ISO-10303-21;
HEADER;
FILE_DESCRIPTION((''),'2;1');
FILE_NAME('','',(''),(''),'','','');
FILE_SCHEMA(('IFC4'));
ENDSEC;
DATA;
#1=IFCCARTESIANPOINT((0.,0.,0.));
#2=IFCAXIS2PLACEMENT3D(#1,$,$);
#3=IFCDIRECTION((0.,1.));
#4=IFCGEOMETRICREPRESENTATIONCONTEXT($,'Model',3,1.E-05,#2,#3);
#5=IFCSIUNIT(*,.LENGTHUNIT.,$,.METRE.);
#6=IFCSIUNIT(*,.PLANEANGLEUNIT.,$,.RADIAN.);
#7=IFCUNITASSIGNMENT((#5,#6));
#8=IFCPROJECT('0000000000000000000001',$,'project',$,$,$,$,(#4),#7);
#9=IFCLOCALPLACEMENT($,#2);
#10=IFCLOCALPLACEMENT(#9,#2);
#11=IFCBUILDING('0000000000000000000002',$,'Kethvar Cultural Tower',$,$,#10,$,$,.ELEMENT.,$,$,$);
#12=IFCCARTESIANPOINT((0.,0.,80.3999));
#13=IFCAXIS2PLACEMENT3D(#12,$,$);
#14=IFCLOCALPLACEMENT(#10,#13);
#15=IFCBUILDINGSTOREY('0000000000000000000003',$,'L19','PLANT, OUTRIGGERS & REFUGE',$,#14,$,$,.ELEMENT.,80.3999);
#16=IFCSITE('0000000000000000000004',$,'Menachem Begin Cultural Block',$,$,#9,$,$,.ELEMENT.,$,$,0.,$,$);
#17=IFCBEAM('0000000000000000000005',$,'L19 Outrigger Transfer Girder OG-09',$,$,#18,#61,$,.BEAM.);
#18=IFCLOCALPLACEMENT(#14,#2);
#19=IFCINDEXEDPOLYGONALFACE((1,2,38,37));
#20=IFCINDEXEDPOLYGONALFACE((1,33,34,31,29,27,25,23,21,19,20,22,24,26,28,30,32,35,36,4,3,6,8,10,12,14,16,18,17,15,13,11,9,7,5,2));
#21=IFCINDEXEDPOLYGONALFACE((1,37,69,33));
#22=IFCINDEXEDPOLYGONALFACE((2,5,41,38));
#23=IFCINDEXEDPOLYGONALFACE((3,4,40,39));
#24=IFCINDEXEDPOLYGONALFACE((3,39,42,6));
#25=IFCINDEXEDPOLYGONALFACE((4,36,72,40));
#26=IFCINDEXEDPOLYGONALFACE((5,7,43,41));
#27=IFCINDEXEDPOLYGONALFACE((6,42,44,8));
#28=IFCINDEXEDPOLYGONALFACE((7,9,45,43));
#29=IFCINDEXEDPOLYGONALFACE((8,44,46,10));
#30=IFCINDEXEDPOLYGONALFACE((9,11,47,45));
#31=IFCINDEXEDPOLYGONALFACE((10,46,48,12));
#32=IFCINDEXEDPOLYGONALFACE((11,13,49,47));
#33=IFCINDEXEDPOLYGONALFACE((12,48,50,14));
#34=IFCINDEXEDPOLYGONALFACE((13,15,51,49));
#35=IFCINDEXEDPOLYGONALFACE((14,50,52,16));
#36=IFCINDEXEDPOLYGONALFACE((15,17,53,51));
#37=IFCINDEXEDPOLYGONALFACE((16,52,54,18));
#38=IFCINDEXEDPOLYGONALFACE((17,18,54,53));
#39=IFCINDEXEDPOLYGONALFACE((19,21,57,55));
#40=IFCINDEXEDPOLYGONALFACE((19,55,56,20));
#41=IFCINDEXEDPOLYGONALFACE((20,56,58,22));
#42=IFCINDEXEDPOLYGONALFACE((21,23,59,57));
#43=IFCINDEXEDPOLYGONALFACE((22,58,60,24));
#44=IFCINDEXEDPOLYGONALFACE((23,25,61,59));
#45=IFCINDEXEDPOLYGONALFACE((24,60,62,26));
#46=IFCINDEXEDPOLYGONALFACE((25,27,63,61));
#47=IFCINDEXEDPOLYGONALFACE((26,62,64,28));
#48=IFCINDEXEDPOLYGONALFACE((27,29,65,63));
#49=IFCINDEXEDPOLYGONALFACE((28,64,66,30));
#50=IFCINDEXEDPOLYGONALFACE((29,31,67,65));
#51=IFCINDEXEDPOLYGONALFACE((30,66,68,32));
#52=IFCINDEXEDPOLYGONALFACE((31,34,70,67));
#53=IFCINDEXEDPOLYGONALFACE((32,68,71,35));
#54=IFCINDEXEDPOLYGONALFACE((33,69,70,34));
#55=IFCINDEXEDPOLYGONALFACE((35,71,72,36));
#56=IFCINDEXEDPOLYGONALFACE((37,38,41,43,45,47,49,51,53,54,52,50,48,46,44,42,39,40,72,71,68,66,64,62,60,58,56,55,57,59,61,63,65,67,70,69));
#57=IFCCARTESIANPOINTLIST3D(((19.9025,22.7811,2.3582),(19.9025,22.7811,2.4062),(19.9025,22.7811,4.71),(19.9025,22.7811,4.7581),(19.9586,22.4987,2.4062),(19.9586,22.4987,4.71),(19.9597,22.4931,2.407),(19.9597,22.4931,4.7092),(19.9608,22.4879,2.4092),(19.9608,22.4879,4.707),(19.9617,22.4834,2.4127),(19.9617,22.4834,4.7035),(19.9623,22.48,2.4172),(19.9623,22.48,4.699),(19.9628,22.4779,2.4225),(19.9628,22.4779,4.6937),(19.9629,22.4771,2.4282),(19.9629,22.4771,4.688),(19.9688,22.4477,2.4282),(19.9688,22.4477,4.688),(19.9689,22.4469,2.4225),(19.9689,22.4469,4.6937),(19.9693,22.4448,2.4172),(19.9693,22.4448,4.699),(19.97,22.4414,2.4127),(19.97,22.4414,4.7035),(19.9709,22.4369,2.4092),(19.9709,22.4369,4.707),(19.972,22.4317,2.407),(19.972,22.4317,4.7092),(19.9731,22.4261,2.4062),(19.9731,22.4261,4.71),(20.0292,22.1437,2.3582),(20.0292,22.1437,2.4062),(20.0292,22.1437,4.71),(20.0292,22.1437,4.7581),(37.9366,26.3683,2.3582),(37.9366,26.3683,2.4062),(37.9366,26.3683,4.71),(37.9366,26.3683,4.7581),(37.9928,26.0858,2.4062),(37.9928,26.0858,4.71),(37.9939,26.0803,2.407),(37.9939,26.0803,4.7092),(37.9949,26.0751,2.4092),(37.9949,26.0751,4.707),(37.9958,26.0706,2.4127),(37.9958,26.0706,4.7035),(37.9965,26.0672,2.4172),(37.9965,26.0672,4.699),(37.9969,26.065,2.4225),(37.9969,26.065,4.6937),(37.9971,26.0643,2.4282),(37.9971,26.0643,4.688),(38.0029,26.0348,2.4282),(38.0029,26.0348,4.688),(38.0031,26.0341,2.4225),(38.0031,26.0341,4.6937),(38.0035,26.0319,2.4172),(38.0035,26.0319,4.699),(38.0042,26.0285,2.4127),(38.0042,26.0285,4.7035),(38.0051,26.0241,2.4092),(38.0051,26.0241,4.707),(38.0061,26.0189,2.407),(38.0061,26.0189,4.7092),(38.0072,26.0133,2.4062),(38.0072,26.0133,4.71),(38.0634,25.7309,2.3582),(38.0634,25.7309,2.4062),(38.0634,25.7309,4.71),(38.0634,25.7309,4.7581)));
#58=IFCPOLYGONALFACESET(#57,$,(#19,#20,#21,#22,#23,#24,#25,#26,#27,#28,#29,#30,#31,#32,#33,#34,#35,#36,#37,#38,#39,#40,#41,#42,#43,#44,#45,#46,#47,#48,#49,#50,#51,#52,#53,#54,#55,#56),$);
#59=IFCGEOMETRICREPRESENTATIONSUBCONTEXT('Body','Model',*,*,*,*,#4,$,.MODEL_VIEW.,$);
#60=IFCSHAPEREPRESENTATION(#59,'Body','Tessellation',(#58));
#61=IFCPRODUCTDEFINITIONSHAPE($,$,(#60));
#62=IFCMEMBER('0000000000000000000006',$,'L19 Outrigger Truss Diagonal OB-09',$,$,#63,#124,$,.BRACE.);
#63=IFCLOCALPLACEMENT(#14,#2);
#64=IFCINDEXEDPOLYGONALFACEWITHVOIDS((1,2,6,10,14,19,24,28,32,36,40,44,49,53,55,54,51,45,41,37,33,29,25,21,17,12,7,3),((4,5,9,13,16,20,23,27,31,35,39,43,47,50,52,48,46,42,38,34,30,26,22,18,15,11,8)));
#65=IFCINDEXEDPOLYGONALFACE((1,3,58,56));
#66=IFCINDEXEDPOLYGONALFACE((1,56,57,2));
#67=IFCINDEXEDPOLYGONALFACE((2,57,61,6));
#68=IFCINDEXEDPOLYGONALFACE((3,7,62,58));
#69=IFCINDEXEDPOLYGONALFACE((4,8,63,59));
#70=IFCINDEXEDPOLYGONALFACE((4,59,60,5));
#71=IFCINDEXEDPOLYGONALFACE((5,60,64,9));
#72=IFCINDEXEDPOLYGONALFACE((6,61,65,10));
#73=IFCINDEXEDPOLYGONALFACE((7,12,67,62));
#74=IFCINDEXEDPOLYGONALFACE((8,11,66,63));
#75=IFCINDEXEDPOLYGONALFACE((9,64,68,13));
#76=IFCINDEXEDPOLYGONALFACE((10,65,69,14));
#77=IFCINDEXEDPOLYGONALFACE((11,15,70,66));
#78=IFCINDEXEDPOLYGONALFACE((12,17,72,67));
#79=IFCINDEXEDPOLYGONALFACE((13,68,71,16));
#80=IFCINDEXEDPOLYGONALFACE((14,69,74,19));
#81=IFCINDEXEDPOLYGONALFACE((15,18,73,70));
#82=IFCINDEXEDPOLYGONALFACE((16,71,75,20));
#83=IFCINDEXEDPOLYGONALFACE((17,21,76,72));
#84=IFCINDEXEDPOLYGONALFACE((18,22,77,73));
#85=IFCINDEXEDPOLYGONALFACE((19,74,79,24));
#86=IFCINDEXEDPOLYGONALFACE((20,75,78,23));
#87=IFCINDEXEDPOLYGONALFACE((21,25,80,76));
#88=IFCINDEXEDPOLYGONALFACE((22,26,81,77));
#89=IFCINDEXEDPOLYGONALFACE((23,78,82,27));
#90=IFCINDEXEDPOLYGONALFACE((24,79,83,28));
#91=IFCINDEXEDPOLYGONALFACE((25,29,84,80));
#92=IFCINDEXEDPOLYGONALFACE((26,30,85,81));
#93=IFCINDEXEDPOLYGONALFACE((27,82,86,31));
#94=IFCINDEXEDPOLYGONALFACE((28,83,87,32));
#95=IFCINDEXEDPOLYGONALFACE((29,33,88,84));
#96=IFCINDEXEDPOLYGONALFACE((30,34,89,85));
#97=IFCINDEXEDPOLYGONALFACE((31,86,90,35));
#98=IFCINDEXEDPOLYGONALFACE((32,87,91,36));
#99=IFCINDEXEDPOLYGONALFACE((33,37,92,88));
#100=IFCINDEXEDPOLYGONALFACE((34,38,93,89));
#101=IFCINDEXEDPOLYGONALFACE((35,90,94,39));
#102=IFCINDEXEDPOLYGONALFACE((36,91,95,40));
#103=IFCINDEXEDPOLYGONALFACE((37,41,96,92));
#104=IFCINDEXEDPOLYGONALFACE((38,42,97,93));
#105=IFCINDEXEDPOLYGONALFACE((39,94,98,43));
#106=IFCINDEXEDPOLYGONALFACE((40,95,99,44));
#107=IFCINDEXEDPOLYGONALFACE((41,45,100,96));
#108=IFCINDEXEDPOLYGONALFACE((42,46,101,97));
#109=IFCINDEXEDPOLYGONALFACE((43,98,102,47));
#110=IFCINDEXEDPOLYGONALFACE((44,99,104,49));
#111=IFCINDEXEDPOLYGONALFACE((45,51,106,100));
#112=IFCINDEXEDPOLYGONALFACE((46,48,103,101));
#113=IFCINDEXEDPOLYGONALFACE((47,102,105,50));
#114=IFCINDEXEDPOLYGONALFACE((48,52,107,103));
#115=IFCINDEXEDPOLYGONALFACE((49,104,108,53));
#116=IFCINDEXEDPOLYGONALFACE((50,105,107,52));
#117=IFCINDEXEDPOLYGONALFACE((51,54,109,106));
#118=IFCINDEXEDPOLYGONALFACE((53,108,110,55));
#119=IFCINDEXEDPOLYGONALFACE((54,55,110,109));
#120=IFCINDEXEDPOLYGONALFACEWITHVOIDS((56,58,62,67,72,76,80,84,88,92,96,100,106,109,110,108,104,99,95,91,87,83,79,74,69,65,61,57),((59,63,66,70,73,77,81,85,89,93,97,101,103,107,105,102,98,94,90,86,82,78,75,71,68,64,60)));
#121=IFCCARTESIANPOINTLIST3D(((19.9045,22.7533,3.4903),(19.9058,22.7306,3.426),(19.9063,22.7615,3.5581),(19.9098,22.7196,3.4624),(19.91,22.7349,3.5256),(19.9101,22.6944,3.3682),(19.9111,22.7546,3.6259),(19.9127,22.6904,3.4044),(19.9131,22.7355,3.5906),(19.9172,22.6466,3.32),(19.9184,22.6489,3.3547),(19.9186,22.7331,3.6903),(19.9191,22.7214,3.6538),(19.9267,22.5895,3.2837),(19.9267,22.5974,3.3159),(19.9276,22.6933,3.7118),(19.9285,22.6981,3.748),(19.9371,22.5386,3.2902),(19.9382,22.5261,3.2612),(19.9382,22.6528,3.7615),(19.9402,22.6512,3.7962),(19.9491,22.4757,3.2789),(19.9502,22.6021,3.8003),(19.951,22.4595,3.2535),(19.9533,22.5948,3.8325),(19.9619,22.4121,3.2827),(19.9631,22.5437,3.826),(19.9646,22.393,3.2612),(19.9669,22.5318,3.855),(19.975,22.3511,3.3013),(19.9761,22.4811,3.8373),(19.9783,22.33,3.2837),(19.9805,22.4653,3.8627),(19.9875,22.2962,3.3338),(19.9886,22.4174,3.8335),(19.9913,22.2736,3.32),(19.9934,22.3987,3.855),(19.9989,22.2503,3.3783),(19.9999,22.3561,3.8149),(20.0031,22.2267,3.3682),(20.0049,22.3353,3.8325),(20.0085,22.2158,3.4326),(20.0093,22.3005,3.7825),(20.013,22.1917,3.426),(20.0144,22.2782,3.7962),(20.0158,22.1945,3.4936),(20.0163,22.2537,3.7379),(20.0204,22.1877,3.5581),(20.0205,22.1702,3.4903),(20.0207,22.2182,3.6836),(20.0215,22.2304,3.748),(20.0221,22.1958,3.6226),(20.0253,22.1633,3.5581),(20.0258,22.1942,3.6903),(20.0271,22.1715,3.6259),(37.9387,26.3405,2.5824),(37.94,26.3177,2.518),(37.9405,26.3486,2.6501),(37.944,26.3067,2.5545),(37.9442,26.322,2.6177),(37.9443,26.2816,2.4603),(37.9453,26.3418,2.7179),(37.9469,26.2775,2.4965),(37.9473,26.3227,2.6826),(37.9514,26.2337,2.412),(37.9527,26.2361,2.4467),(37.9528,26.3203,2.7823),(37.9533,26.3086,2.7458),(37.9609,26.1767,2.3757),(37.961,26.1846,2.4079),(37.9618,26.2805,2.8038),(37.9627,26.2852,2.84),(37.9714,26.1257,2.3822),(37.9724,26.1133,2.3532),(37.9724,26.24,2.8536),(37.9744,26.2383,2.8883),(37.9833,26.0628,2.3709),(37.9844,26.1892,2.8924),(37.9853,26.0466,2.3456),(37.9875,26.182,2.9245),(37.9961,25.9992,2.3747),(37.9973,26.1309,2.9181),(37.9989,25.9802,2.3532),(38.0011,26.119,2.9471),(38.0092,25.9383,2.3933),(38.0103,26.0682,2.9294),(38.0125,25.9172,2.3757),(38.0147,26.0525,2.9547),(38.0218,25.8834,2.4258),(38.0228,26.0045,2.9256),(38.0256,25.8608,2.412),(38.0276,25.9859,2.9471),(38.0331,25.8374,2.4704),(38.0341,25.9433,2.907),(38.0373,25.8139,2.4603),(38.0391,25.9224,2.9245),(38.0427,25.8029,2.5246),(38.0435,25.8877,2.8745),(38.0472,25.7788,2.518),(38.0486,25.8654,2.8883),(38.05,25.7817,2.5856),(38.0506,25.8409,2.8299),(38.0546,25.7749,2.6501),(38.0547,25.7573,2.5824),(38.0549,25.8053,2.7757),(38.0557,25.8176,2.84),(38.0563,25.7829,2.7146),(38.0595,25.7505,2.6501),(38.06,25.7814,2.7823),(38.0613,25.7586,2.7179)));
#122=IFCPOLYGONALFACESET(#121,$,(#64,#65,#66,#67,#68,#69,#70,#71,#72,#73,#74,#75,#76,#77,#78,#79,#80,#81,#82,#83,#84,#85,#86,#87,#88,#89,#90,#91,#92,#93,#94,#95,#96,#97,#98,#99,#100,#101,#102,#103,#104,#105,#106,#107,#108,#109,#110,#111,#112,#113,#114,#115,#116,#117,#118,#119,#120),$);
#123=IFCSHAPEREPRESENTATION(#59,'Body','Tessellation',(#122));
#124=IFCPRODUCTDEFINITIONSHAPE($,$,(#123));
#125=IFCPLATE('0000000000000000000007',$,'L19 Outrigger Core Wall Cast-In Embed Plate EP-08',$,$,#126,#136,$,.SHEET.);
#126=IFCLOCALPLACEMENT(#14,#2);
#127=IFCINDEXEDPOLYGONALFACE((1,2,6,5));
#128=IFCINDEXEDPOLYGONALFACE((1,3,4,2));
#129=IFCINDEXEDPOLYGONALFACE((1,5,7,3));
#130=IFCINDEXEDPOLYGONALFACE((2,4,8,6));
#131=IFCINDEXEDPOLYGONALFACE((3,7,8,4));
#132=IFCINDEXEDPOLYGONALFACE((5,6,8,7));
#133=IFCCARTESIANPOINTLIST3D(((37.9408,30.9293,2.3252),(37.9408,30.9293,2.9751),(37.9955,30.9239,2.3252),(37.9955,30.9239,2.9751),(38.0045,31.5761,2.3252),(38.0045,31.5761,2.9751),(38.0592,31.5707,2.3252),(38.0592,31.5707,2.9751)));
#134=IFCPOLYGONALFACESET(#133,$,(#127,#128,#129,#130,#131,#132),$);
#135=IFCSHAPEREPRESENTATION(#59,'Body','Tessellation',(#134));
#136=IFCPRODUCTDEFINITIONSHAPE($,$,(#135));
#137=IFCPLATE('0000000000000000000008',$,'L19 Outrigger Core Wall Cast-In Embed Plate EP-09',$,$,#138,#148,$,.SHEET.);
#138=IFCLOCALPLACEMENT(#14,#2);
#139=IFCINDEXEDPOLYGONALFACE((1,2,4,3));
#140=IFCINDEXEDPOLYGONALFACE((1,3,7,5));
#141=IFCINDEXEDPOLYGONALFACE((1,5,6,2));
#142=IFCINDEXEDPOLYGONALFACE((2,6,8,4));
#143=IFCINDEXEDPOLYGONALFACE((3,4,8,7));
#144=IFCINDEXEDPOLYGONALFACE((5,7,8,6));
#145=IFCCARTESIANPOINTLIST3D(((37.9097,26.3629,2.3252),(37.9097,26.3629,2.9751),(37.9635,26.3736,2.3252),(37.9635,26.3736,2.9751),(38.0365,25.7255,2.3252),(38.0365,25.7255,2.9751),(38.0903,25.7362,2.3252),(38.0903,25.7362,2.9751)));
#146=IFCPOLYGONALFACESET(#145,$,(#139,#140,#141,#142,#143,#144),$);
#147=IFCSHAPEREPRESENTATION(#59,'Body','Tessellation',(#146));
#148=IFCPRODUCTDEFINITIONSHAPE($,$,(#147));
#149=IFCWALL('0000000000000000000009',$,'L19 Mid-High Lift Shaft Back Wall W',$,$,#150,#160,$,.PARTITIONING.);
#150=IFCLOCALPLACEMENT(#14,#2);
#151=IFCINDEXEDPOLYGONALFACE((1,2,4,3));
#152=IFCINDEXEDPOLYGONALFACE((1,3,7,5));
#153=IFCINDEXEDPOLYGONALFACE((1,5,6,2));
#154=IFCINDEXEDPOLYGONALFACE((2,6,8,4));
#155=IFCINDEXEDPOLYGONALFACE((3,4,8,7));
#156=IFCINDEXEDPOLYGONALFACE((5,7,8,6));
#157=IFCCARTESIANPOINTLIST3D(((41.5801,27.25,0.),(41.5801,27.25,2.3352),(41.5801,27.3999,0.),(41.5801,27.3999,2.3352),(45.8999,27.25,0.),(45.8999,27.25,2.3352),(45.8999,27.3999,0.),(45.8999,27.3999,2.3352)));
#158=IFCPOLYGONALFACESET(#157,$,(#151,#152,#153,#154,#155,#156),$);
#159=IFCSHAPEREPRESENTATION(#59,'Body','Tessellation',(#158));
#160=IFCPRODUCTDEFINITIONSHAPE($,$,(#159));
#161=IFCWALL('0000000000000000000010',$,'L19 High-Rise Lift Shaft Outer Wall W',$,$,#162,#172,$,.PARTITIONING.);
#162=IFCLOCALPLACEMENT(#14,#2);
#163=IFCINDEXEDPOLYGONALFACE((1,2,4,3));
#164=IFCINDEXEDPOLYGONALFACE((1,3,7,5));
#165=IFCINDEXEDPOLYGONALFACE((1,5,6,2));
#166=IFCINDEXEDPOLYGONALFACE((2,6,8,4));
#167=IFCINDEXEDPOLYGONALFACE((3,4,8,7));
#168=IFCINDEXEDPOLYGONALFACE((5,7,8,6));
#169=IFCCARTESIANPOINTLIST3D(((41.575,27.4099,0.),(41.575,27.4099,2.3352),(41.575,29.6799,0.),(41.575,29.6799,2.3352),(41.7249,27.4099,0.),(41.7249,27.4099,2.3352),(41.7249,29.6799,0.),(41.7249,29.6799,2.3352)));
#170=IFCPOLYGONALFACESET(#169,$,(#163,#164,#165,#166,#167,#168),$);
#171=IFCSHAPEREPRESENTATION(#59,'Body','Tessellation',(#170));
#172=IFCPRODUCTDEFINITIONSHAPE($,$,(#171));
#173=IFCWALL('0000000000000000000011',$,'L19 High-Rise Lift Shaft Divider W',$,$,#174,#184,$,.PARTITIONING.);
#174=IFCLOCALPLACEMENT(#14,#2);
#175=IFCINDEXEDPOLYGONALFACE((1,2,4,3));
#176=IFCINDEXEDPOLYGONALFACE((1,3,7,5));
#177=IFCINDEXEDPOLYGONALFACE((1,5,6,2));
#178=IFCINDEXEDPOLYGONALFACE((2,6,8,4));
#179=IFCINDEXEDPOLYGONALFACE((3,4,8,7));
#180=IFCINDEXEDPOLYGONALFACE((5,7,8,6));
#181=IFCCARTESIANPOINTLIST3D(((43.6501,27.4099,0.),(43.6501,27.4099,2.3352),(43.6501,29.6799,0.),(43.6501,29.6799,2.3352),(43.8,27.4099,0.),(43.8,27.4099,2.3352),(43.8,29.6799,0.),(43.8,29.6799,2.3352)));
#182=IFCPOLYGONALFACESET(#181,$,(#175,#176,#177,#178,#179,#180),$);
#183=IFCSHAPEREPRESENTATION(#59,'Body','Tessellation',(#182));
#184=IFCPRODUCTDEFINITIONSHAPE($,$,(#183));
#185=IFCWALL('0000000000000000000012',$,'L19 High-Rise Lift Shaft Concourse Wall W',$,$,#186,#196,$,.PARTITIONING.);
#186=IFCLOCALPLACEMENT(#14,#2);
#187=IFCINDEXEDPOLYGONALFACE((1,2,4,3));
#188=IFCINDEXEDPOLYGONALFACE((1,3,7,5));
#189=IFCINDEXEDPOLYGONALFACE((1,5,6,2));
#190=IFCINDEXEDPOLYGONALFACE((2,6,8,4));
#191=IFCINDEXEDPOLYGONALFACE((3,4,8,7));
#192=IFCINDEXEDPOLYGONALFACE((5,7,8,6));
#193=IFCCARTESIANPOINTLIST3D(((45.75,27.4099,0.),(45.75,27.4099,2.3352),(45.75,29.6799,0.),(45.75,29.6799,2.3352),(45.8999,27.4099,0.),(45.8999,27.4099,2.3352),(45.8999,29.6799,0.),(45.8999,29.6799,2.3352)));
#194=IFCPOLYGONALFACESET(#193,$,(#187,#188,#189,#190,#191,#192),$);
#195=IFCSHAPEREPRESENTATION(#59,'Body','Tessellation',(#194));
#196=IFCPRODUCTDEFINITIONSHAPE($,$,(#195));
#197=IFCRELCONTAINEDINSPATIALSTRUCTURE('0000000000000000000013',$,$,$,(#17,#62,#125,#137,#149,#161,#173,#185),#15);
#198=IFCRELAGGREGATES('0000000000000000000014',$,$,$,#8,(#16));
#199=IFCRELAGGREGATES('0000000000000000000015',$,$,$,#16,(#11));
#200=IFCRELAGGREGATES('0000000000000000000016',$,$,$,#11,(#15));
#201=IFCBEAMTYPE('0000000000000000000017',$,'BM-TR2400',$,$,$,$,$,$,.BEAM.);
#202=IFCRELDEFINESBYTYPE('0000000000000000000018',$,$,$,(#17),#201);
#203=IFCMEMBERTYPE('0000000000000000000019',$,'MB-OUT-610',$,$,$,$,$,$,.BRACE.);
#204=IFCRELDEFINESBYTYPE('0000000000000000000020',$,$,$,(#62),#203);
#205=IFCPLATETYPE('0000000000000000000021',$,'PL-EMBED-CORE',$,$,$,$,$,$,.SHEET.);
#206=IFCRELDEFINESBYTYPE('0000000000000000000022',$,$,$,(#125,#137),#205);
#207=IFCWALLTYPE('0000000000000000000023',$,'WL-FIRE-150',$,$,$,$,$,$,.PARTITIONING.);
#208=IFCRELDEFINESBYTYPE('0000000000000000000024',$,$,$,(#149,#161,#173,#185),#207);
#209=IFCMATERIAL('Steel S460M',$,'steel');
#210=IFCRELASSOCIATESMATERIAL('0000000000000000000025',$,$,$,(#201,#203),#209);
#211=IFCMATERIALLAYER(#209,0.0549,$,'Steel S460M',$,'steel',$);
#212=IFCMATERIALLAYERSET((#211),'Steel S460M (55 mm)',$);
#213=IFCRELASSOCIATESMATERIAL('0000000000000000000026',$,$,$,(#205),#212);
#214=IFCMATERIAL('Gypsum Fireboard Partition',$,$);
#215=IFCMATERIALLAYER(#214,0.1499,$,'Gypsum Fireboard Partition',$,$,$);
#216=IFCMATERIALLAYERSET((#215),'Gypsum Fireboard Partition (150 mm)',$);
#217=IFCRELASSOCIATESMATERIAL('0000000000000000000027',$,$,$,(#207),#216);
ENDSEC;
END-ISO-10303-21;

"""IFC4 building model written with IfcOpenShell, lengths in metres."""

from ifc_helpers import new_model, si_unit, direction, frame, frame_2d, origin, origin_2d, place, context, subcontext, project, spatial, rectangle, hollow_circle, i_section, extrude, source, transform, mapped, material, layer, layer_set, material_profile, profile_set, type_object, element, save


model = new_model("IFC4")

# Units and contexts
model_context = context("Model", 3, precision=1e-05, world=origin(), true_north=direction((0.0, 1.0)))
body_context = subcontext(model_context, "Body", "Model", "MODEL_VIEW")
ifc_project = project(units=[si_unit("LENGTHUNIT", "METRE"), si_unit("PLANEANGLEUNIT", "RADIAN")], contexts=[model_context])

# Site, building, storey
site_placement = place(None, origin())
site = spatial("IfcSite", under=ifc_project, at=site_placement, Name="Menachem Begin Cultural Block", CompositionType="ELEMENT", RefElevation=0.0)
building_placement = place(site_placement, origin())
building = spatial("IfcBuilding", under=site, at=building_placement, Name="Kethvar Cultural Tower", CompositionType="ELEMENT")
storey_placement = place(building_placement, frame((0.0, 0.0, 80.3999)))
storey = spatial("IfcBuildingStorey", under=building, at=storey_placement, Name="L19", Description="PLANT, OUTRIGGERS & REFUGE", CompositionType="ELEMENT", Elevation=80.3999)

# Shared definitions
ifc_material_1 = material(Name="Steel S460M", Category="steel")
ifc_material_profile_1 = material_profile(ifc_material_1, i_section(OverallWidth=0.6499, OverallDepth=2.3999, WebThickness=0.03, FlangeThickness=0.0481, FilletRadius=0.022, at=origin_2d()), Name="Steel S460M — PG2400x650x48x30")
ifc_profile_set_1 = profile_set([ifc_material_profile_1], Name="Steel S460M — PG2400x650x48x30")
beam_type = type_object("IfcBeamType", Name="BM-TR2400", PredefinedType="BEAM", material=ifc_profile_set_1)

# Shared definitions
ifc_material_profile_2 = material_profile(ifc_material_1, hollow_circle(Radius=0.3049, WallThickness=0.0249, at=origin_2d()), Name="Steel S460M — CHS610x25")
ifc_profile_set_2 = profile_set([ifc_material_profile_2], Name="Steel S460M — CHS610x25")
member_type = type_object("IfcMemberType", Name="MB-OUT-610", PredefinedType="BRACE", material=ifc_profile_set_2)

# Beam
shared_shape_1 = source(origin(), body_context, "Body", "SweptSolid", [
    extrude(i_section(OverallWidth=0.6499, OverallDepth=2.3999, WebThickness=0.03, FlangeThickness=0.0481, FilletRadius=0.022, at=origin_2d()), origin(), (0.0, 0.0, 1.0), 18.3875),
])
beam_1_placement = place(storey_placement, frame((38.0, 26.0496, 3.5581), z_axis=(-0.980786, -0.195087, 0.0), x_axis=(0.195087, -0.980786, 0.0)))
element("IfcBeam", 1, at=beam_1_placement, inside=storey, type_object=beam_type, Name="L19 Outrigger Transfer Girder OG-09", PredefinedType="BEAM", context=body_context, shape_type="MappedRepresentation", body=[
    mapped(shared_shape_1, transform((0.0, 0.0, 0.0), scale=1.0)),
])

# Member
shared_shape_2 = source(origin(), body_context, "Body", "SweptSolid", [
    extrude(hollow_circle(Radius=0.3049, WallThickness=0.0249, at=origin_2d()), origin(), (0.0, 0.0, 1.0), 18.4099),
])
member_1_placement = place(storey_placement, frame((38.0, 26.0496, 2.6501), z_axis=(-0.979592, -0.19485, 0.049319), x_axis=(0.195087, -0.980786, 0.0)))
element("IfcMember", 2, at=member_1_placement, inside=storey, type_object=member_type, Name="L19 Outrigger Truss Diagonal OB-09", PredefinedType="BRACE", context=body_context, shape_type="MappedRepresentation", body=[
    mapped(shared_shape_2, transform((0.0, 0.0, 0.0), scale=1.0)),
])

# Plates
ifc_layer_1 = layer(ifc_material_1, 0.0549, Name="Steel S460M", Category="steel")
ifc_layer_set_1 = layer_set([ifc_layer_1], Name="Steel S460M (55 mm)")
plate_type = type_object("IfcPlateType", Name="PL-EMBED-CORE", PredefinedType="SHEET", material=ifc_layer_set_1)
shared_shape_3 = source(origin(), body_context, "Body", "SweptSolid", [
    extrude(rectangle(XDim=0.0549, YDim=0.6499, at=origin_2d()), origin(), (0.0, 0.0, 1.0), 0.6499),
])
for number, where, z_axis, x_axis, name in (
    (3, (38.0, 31.25, 2.3252), (0.0, 0.0, 1.0), (-0.995176, 0.098104, 0.0), "L19 Outrigger Core Wall Cast-In Embed Plate EP-08"),
    (4, (38.0, 26.0496, 2.3252), (0.0, 0.0, 1.0), (-0.980785, -0.19509, 0.0), "L19 Outrigger Core Wall Cast-In Embed Plate EP-09"),
):
    element("IfcPlate", number, at=place(storey_placement, frame(where, z_axis=z_axis, x_axis=x_axis)), inside=storey, type_object=plate_type, Name=name, PredefinedType="SHEET", context=body_context, shape_type="MappedRepresentation", body=[
        mapped(shared_shape_3, transform((0.0, 0.0, 0.0), scale=1.0)),
    ])

# Walls
ifc_material_2 = material(Name="Gypsum Fireboard Partition")
ifc_layer_2 = layer(ifc_material_2, 0.1499, Name="Gypsum Fireboard Partition")
ifc_layer_set_2 = layer_set([ifc_layer_2], Name="Gypsum Fireboard Partition (150 mm)")
wall_type_1 = type_object("IfcWallType", Name="WL-FIRE-150", PredefinedType="PARTITIONING", material=ifc_layer_set_2)
wall_1_placement = place(storey_placement, frame((41.5801, 27.325, 0.0), z_axis=(0.0, 0.0, 1.0), x_axis=(1.0, 0.0, 0.0)))
element("IfcWall", 5, at=wall_1_placement, inside=storey, type_object=wall_type_1, Name="L19 Mid-High Lift Shaft Back Wall W", PredefinedType="PARTITIONING", context=body_context, shape_type="SweptSolid", body=[
    extrude(rectangle(XDim=4.3198, YDim=0.1499, at=frame_2d((2.1599, 0.0))), origin(), (0.0, 0.0, 1.0), 2.3352),
])
for number, where, z_axis, x_axis, name in (
    (6, (41.6499, 27.4099, 0.0), (0.0, 0.0, 1.0), (0.0, 1.0, 0.0), "L19 High-Rise Lift Shaft Outer Wall W"),
    (7, (43.7251, 27.4099, 0.0), (0.0, 0.0, 1.0), (0.0, 1.0, 0.0), "L19 High-Rise Lift Shaft Divider W"),
    (8, (45.825, 27.4099, 0.0), (0.0, 0.0, 1.0), (0.0, 1.0, 0.0), "L19 High-Rise Lift Shaft Concourse Wall W"),
):
    element("IfcWall", number, at=place(storey_placement, frame(where, z_axis=z_axis, x_axis=x_axis)), inside=storey, type_object=wall_type_1, Name=name, PredefinedType="PARTITIONING", context=body_context, shape_type="SweptSolid", body=[
        extrude(rectangle(XDim=2.27, YDim=0.1499, at=frame_2d((1.135, 0.0))), origin(), (0.0, 0.0, 1.0), 2.3352),
    ])

save(model, "model.ifc")
